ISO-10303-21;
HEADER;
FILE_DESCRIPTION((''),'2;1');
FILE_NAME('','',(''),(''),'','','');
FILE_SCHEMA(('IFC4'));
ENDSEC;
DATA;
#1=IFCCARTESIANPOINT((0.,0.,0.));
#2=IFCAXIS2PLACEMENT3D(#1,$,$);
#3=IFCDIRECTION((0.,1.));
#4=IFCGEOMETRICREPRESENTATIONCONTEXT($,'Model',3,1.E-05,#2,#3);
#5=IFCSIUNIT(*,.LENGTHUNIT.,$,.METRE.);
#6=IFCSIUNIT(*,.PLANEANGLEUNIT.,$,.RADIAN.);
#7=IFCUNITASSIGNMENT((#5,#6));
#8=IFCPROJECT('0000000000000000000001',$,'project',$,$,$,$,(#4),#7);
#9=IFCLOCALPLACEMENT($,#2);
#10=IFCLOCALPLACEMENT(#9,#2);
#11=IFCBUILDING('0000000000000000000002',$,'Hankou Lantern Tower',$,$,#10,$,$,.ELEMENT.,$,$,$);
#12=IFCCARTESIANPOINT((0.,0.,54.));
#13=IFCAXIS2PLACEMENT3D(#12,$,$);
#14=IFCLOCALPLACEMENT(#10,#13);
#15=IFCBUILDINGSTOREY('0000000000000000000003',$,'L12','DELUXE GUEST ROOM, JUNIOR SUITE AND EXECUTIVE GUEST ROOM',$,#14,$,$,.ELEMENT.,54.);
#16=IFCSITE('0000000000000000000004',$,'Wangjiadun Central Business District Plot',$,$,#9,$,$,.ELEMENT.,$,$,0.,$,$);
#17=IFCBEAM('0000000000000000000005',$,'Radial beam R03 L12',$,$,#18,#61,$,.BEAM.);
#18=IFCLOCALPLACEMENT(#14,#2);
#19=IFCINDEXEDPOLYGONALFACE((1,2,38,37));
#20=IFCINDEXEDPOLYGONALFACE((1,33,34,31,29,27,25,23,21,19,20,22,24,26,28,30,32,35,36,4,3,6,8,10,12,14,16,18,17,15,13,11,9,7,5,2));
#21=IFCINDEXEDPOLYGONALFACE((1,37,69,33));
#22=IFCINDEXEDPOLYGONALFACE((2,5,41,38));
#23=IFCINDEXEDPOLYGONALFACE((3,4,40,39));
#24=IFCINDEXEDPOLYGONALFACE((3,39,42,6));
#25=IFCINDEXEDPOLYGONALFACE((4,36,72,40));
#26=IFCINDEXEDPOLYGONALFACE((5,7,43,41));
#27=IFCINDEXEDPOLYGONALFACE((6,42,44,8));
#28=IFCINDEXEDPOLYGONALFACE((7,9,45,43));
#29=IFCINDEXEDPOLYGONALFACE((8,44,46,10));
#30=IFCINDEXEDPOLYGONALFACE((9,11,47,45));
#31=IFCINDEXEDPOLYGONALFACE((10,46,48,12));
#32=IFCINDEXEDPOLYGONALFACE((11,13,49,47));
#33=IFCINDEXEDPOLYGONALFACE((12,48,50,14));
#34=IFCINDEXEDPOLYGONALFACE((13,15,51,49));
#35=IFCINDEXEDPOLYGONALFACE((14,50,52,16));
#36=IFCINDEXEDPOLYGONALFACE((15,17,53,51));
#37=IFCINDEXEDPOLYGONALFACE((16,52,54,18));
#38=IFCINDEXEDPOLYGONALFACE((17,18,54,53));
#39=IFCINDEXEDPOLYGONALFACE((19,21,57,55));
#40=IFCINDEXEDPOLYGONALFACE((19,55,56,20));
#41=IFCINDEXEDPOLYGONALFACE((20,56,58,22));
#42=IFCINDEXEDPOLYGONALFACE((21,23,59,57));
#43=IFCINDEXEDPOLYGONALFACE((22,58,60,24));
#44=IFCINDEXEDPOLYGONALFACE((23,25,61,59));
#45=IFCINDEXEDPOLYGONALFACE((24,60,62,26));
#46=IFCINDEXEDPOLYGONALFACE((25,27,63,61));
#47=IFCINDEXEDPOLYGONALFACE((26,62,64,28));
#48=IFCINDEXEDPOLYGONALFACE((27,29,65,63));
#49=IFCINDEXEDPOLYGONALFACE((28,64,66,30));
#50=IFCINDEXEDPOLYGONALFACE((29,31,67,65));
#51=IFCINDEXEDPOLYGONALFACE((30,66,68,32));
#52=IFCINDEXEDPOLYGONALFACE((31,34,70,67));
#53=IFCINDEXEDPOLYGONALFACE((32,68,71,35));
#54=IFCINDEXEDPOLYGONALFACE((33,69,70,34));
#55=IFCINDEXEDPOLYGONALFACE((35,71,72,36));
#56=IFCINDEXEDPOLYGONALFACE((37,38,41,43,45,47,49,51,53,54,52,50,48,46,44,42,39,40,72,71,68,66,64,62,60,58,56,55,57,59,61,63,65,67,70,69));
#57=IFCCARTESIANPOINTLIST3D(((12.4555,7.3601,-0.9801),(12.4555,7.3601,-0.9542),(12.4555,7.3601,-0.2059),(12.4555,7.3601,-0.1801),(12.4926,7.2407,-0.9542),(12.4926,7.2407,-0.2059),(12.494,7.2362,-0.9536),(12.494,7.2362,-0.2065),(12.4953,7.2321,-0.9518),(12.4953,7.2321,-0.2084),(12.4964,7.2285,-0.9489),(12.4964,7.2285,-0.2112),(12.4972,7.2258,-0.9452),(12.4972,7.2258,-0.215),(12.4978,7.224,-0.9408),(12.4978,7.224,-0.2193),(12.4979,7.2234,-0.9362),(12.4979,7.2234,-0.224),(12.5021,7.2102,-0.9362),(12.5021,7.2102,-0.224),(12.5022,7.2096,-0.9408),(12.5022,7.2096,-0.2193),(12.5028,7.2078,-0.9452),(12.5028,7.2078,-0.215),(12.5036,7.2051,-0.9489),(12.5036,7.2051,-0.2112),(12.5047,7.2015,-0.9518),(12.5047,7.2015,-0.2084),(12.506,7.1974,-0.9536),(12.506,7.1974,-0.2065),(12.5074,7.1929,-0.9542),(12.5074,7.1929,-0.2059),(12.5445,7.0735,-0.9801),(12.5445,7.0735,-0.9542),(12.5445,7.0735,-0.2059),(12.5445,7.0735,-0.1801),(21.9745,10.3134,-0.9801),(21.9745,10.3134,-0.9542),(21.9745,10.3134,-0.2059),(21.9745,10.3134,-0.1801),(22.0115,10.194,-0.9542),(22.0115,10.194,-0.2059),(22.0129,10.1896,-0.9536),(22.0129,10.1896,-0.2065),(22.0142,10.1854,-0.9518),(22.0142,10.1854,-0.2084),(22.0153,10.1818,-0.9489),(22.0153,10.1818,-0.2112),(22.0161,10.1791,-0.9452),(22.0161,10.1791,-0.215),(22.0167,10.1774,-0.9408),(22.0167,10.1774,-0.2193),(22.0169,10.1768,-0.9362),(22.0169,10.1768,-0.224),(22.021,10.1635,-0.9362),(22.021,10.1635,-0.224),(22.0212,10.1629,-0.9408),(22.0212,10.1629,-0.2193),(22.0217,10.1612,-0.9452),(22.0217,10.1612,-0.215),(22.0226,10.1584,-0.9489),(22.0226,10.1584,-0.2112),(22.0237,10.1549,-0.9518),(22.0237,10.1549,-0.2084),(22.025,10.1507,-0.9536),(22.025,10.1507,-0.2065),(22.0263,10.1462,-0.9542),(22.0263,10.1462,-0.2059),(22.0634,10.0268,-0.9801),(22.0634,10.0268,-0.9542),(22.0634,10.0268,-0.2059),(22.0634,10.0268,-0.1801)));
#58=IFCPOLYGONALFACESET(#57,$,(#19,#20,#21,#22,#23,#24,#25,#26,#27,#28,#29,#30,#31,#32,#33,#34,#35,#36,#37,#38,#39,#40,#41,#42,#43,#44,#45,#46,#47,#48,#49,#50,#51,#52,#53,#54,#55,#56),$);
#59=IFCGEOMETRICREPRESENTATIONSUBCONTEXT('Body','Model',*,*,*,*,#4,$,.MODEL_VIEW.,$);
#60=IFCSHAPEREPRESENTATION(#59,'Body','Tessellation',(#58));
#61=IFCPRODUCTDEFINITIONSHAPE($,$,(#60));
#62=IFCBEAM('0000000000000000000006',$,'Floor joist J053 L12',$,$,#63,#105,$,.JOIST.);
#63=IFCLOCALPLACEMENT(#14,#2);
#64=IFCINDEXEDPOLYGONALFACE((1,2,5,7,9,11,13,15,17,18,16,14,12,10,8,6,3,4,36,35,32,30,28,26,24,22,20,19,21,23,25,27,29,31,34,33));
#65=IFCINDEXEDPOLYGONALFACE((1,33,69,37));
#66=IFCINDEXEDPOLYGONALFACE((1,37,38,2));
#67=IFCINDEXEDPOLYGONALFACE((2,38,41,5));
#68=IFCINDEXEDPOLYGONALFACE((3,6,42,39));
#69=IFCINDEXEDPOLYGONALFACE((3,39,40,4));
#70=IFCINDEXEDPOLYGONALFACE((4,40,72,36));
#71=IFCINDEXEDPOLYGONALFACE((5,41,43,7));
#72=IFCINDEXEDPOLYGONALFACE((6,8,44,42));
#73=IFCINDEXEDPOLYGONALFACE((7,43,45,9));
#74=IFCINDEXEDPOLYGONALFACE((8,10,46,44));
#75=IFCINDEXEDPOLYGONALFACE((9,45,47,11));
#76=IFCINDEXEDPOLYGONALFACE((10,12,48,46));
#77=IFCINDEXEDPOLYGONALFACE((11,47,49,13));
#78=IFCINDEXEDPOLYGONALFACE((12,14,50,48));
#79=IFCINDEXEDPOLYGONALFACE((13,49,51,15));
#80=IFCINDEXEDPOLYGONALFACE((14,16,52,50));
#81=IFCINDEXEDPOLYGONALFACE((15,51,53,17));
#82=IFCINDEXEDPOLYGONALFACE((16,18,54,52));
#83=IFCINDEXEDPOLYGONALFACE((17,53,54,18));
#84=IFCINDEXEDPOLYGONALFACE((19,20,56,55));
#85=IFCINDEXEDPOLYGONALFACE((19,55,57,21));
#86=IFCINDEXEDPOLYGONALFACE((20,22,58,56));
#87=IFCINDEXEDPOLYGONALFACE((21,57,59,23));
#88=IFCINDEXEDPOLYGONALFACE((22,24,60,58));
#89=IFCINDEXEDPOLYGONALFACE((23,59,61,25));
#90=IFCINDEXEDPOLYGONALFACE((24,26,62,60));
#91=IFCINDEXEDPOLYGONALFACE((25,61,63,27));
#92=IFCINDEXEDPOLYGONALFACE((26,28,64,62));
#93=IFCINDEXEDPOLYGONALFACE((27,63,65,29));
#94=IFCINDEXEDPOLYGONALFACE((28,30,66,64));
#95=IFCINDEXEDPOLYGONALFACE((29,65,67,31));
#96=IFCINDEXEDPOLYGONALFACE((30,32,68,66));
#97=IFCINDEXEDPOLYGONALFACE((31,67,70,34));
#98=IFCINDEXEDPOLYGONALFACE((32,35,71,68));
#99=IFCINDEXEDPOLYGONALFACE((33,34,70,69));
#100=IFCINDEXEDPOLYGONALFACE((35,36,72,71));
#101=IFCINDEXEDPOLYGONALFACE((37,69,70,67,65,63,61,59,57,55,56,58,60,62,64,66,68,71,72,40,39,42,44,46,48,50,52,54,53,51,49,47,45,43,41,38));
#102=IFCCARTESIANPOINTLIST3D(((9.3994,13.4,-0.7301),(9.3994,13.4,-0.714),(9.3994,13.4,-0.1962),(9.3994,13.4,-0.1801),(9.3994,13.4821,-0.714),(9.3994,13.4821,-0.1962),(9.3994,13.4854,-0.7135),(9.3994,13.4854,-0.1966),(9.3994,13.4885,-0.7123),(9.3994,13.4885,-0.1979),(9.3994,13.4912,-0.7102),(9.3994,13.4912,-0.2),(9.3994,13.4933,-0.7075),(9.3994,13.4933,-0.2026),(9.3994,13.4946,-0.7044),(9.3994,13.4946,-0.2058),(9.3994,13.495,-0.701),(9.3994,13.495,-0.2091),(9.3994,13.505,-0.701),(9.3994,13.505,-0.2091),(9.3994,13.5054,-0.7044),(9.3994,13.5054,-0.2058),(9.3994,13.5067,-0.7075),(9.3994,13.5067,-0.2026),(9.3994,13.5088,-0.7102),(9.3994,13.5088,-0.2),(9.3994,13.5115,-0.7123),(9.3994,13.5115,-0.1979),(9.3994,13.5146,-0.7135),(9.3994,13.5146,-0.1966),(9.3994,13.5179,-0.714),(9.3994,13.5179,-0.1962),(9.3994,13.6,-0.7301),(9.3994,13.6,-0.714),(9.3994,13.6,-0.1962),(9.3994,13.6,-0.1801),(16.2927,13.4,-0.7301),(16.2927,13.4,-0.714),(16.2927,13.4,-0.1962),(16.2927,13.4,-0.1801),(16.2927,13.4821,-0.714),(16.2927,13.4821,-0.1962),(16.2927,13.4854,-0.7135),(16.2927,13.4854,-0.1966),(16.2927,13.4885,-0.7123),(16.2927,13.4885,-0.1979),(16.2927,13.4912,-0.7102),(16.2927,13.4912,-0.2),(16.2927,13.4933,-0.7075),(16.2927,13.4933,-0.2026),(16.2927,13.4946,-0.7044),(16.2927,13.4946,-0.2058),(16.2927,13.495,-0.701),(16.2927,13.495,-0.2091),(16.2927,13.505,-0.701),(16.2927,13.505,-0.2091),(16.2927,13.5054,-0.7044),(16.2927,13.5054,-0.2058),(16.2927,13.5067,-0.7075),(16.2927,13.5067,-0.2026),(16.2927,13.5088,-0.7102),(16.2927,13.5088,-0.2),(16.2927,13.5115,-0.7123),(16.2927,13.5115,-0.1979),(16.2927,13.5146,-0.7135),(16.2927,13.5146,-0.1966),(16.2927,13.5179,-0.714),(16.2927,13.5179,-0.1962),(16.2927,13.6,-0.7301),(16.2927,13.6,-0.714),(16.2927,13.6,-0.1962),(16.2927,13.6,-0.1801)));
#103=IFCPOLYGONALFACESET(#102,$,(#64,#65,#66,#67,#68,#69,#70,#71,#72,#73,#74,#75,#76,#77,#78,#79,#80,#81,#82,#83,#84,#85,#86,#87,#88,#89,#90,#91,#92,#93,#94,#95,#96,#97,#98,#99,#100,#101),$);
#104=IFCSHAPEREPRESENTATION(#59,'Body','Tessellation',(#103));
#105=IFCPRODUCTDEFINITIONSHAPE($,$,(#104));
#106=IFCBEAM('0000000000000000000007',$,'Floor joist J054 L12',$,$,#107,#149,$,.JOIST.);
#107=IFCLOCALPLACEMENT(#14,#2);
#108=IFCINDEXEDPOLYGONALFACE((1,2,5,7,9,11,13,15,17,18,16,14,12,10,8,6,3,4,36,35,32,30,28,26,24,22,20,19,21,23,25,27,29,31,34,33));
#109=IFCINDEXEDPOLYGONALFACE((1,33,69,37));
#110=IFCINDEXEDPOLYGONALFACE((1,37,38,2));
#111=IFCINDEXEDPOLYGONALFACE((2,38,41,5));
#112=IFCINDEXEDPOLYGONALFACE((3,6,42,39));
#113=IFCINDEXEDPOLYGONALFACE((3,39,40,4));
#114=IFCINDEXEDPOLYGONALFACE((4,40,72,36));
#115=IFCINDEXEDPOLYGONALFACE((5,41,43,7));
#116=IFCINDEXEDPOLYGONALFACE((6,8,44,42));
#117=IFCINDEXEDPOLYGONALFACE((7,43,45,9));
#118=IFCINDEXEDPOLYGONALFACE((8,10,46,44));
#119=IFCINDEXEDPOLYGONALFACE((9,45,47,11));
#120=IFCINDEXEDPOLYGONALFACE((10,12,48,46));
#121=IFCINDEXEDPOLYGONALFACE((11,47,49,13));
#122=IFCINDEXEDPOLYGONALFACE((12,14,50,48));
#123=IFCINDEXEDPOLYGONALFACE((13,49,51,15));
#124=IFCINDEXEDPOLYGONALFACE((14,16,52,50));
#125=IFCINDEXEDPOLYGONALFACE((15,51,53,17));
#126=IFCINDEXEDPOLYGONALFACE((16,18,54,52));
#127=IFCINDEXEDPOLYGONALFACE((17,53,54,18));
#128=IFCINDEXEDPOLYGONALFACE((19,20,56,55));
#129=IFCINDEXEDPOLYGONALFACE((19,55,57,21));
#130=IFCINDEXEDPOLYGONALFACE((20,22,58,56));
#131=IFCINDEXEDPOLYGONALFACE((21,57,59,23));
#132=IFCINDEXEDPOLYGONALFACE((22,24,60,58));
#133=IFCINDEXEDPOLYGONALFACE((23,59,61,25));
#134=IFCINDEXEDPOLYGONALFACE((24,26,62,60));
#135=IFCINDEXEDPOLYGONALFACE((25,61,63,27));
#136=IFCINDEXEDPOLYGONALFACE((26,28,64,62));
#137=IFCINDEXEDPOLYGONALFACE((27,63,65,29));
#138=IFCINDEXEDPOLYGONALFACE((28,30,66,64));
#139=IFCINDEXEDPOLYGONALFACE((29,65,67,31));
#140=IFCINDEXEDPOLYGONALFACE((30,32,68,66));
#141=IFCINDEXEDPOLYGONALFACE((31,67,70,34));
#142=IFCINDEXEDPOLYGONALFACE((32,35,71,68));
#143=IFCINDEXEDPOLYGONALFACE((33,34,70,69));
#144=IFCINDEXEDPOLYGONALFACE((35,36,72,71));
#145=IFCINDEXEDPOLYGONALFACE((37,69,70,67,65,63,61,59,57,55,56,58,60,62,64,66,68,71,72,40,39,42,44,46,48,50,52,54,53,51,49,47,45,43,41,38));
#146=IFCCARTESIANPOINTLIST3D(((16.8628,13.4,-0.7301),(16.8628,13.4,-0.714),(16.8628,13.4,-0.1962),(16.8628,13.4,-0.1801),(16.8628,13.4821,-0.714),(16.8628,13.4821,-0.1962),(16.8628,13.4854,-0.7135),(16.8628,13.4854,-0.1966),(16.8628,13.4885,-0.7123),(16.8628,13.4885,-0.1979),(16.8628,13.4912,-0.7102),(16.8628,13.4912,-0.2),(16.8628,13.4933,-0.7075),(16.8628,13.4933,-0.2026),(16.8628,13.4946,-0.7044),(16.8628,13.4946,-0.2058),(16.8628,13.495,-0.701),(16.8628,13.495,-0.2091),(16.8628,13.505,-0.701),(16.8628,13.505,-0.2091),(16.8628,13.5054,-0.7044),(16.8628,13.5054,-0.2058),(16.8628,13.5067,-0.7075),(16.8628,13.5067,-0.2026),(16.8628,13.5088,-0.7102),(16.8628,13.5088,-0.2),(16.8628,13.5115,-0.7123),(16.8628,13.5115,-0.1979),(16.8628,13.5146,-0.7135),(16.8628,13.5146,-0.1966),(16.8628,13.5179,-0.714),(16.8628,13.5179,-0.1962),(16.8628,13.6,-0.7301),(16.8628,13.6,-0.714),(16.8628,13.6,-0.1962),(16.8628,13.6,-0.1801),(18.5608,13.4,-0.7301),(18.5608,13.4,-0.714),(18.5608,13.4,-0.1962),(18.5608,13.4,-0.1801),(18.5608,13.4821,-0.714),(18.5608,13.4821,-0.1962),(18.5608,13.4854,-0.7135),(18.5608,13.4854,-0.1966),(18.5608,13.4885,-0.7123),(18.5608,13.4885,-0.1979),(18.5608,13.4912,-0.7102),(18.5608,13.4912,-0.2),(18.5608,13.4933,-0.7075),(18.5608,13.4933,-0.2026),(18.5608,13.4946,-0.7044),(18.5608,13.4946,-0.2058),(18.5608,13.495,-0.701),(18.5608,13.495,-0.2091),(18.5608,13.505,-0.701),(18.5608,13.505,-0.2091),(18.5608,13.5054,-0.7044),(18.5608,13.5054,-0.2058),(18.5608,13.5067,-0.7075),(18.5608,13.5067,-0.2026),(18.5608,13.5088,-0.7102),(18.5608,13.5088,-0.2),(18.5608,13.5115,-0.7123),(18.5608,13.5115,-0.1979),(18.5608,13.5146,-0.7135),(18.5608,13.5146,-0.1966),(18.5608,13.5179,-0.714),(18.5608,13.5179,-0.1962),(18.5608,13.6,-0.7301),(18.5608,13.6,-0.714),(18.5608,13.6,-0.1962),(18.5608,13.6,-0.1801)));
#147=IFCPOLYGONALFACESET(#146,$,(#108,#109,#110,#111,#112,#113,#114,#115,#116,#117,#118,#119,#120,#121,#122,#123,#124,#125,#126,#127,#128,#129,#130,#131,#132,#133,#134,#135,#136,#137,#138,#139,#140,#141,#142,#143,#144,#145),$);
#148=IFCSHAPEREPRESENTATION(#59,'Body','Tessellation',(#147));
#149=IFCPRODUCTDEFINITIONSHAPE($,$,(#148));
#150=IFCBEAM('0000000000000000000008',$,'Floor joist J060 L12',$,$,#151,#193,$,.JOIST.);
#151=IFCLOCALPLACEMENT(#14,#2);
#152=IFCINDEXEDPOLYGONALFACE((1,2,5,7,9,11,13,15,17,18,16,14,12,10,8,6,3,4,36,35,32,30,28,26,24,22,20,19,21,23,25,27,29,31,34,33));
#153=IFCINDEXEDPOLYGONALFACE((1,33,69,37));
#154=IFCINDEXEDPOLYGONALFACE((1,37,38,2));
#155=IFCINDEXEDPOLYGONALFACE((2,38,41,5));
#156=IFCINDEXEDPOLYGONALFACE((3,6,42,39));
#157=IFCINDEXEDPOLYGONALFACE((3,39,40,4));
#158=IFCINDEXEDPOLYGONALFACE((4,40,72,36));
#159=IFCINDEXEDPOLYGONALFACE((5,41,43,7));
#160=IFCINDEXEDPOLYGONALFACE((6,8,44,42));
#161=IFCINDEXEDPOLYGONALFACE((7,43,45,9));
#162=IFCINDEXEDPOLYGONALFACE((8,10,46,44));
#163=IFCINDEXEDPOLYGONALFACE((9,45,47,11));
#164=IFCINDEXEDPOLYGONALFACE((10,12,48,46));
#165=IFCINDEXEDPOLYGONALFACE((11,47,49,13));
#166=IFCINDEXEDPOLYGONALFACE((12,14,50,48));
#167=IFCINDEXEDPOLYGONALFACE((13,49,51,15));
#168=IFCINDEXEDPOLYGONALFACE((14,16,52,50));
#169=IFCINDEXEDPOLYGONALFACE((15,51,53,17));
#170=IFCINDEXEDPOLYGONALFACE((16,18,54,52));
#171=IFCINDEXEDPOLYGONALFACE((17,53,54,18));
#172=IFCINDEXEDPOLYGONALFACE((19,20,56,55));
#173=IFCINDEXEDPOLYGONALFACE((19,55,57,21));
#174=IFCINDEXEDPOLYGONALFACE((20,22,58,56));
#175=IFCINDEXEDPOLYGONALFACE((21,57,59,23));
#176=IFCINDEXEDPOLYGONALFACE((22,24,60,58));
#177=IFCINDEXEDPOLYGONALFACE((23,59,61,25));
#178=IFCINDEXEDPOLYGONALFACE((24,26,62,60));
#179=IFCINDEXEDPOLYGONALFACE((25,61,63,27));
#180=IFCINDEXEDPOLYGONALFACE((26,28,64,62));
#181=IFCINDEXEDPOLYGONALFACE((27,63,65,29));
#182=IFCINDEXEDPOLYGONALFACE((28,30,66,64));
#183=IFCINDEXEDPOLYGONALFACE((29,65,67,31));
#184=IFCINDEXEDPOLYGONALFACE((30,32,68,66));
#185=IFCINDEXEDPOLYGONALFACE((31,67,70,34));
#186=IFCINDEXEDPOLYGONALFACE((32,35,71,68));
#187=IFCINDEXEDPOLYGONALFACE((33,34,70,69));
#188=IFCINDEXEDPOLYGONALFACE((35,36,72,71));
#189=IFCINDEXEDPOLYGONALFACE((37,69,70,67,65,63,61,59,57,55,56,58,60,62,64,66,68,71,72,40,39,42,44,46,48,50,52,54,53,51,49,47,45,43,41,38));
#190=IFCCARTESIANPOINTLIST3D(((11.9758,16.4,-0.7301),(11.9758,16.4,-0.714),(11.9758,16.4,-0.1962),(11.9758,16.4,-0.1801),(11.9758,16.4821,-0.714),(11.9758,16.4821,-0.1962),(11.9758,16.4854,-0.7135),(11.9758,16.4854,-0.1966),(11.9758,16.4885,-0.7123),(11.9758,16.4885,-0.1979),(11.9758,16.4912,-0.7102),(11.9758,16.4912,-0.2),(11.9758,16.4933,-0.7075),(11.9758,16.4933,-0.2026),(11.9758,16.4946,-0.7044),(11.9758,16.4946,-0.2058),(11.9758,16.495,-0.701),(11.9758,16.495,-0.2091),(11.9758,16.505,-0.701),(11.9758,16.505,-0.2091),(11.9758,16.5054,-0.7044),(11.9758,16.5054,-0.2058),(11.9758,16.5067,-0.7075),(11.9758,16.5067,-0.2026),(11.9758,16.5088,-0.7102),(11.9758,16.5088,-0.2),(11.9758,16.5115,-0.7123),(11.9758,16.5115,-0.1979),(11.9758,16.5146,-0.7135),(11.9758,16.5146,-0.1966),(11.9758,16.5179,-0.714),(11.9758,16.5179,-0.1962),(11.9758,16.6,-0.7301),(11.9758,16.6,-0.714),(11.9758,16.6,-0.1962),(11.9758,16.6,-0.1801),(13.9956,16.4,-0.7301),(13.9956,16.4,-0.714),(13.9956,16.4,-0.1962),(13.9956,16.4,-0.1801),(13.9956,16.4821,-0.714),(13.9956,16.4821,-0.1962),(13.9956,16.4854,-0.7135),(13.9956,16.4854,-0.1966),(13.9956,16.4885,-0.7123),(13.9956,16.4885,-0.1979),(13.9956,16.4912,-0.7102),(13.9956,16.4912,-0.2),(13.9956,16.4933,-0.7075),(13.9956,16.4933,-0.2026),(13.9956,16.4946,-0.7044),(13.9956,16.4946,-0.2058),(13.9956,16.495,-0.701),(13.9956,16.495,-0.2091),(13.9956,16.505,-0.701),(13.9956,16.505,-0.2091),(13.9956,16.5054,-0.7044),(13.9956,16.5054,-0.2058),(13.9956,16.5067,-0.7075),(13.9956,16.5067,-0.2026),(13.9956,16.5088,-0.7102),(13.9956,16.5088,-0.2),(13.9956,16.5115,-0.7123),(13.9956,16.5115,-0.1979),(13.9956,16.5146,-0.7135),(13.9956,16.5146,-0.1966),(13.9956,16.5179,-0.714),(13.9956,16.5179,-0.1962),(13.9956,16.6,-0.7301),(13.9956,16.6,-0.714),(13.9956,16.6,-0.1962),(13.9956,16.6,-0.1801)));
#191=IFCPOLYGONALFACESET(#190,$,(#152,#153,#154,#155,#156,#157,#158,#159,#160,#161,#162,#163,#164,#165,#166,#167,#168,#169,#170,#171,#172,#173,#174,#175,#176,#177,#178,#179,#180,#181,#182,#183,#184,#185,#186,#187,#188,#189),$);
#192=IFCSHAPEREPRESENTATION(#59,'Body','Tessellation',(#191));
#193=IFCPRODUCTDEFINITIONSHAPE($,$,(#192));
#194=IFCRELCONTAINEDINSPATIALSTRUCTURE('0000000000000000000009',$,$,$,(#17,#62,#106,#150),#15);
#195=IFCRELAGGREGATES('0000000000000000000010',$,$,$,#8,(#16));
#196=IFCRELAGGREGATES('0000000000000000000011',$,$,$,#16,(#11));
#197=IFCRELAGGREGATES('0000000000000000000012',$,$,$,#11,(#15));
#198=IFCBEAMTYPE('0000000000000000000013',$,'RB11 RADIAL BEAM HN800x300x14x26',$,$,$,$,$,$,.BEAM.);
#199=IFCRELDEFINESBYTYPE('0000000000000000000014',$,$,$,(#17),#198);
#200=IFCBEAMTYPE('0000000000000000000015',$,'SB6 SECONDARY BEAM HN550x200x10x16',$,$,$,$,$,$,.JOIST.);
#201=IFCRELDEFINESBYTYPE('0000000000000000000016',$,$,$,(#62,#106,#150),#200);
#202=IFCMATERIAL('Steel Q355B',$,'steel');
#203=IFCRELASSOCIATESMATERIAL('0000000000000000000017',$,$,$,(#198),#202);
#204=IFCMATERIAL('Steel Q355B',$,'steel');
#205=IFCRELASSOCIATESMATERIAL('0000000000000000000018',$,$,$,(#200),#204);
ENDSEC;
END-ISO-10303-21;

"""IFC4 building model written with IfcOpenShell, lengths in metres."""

from ifc_helpers import new_model, si_unit, direction, frame, origin, origin_2d, place, context, subcontext, project, spatial, i_section, extrude, material, material_profile, profile_set, type_object, element, save


model = new_model("IFC4")

# Units and contexts
model_context = context("Model", 3, precision=1e-05, world=origin(), true_north=direction((0.0, 1.0)))
body_context = subcontext(model_context, "Body", "Model", "MODEL_VIEW")
ifc_project = project(units=[si_unit("LENGTHUNIT", "METRE"), si_unit("PLANEANGLEUNIT", "RADIAN")], contexts=[model_context])

# Site, building, storey
site_placement = place(None, origin())
site = spatial("IfcSite", under=ifc_project, at=site_placement, Name="Wangjiadun Central Business District Plot", CompositionType="ELEMENT", RefElevation=0.0)
building_placement = place(site_placement, origin())
building = spatial("IfcBuilding", under=site, at=building_placement, Name="Hankou Lantern Tower", CompositionType="ELEMENT")
storey_placement = place(building_placement, frame((0.0, 0.0, 54.0)))
storey = spatial("IfcBuildingStorey", under=building, at=storey_placement, Name="L12", Description="DELUXE GUEST ROOM, JUNIOR SUITE AND EXECUTIVE GUEST ROOM", CompositionType="ELEMENT", Elevation=54.0)

# Beams
ifc_material_1 = material(Name="Steel Q355B", Category="steel")
ifc_material_profile_1 = material_profile(ifc_material_1, i_section(OverallWidth=0.3, OverallDepth=0.8, WebThickness=0.0139, FlangeThickness=0.0259, FilletRadius=0.0181, at=origin_2d()), Name="HN800x300x14x26")
ifc_profile_set_1 = profile_set([ifc_material_profile_1], Name="Steel Q355B")
beam_type_1 = type_object("IfcBeamType", Name="RB11 RADIAL BEAM HN800x300x14x26", PredefinedType="BEAM", material=ifc_profile_set_1)
beam_1_placement = place(storey_placement, frame((12.5, 7.2168, -0.5801), z_axis=(0.955087, 0.296324, 0.0), x_axis=(-0.296324, 0.955087, 0.0)))
element("IfcBeam", 1, at=beam_1_placement, inside=storey, type_object=beam_type_1, Name="Radial beam R03 L12", PredefinedType="BEAM", context=body_context, shape_type="SweptSolid", body=[
    extrude(i_section(OverallWidth=0.3, OverallDepth=0.8, WebThickness=0.0139, FlangeThickness=0.0259, FilletRadius=0.0181, at=origin_2d()), origin(), (0.0, 0.0, 1.0), 9.9666),
])
ifc_material_2 = material(Name="Steel Q355B", Category="steel")
ifc_material_profile_2 = material_profile(ifc_material_2, i_section(OverallWidth=0.2, OverallDepth=0.55, WebThickness=0.01, FlangeThickness=0.0161, FilletRadius=0.0129, at=origin_2d()), Name="HN550x200x10x16")
ifc_profile_set_2 = profile_set([ifc_material_profile_2], Name="Steel Q355B")
beam_type_2 = type_object("IfcBeamType", Name="SB6 SECONDARY BEAM HN550x200x10x16", PredefinedType="JOIST", material=ifc_profile_set_2)
beam_2_placement = place(storey_placement, frame((9.3994, 13.5, -0.4551), z_axis=(1.0, 0.0, 0.0), x_axis=(0.0, 1.0, 0.0)))
element("IfcBeam", 2, at=beam_2_placement, inside=storey, type_object=beam_type_2, Name="Floor joist J053 L12", PredefinedType="JOIST", context=body_context, shape_type="SweptSolid", body=[
    extrude(i_section(OverallWidth=0.2, OverallDepth=0.55, WebThickness=0.01, FlangeThickness=0.0161, FilletRadius=0.0129, at=origin_2d()), origin(), (0.0, 0.0, 1.0), 6.8933),
])
beam_3_placement = place(storey_placement, frame((16.8628, 13.5, -0.4551), z_axis=(1.0, 0.0, 0.0), x_axis=(0.0, 1.0, 0.0)))
element("IfcBeam", 3, at=beam_3_placement, inside=storey, type_object=beam_type_2, Name="Floor joist J054 L12", PredefinedType="JOIST", context=body_context, shape_type="SweptSolid", body=[
    extrude(i_section(OverallWidth=0.2, OverallDepth=0.55, WebThickness=0.01, FlangeThickness=0.0161, FilletRadius=0.0129, at=origin_2d()), origin(), (0.0, 0.0, 1.0), 1.698),
])
beam_4_placement = place(storey_placement, frame((11.9758, 16.5, -0.4551), z_axis=(1.0, 0.0, 0.0), x_axis=(0.0, 1.0, 0.0)))
element("IfcBeam", 4, at=beam_4_placement, inside=storey, type_object=beam_type_2, Name="Floor joist J060 L12", PredefinedType="JOIST", context=body_context, shape_type="SweptSolid", body=[
    extrude(i_section(OverallWidth=0.2, OverallDepth=0.55, WebThickness=0.01, FlangeThickness=0.0161, FilletRadius=0.0129, at=origin_2d()), origin(), (0.0, 0.0, 1.0), 2.0198),
])

save(model, "model.ifc")
